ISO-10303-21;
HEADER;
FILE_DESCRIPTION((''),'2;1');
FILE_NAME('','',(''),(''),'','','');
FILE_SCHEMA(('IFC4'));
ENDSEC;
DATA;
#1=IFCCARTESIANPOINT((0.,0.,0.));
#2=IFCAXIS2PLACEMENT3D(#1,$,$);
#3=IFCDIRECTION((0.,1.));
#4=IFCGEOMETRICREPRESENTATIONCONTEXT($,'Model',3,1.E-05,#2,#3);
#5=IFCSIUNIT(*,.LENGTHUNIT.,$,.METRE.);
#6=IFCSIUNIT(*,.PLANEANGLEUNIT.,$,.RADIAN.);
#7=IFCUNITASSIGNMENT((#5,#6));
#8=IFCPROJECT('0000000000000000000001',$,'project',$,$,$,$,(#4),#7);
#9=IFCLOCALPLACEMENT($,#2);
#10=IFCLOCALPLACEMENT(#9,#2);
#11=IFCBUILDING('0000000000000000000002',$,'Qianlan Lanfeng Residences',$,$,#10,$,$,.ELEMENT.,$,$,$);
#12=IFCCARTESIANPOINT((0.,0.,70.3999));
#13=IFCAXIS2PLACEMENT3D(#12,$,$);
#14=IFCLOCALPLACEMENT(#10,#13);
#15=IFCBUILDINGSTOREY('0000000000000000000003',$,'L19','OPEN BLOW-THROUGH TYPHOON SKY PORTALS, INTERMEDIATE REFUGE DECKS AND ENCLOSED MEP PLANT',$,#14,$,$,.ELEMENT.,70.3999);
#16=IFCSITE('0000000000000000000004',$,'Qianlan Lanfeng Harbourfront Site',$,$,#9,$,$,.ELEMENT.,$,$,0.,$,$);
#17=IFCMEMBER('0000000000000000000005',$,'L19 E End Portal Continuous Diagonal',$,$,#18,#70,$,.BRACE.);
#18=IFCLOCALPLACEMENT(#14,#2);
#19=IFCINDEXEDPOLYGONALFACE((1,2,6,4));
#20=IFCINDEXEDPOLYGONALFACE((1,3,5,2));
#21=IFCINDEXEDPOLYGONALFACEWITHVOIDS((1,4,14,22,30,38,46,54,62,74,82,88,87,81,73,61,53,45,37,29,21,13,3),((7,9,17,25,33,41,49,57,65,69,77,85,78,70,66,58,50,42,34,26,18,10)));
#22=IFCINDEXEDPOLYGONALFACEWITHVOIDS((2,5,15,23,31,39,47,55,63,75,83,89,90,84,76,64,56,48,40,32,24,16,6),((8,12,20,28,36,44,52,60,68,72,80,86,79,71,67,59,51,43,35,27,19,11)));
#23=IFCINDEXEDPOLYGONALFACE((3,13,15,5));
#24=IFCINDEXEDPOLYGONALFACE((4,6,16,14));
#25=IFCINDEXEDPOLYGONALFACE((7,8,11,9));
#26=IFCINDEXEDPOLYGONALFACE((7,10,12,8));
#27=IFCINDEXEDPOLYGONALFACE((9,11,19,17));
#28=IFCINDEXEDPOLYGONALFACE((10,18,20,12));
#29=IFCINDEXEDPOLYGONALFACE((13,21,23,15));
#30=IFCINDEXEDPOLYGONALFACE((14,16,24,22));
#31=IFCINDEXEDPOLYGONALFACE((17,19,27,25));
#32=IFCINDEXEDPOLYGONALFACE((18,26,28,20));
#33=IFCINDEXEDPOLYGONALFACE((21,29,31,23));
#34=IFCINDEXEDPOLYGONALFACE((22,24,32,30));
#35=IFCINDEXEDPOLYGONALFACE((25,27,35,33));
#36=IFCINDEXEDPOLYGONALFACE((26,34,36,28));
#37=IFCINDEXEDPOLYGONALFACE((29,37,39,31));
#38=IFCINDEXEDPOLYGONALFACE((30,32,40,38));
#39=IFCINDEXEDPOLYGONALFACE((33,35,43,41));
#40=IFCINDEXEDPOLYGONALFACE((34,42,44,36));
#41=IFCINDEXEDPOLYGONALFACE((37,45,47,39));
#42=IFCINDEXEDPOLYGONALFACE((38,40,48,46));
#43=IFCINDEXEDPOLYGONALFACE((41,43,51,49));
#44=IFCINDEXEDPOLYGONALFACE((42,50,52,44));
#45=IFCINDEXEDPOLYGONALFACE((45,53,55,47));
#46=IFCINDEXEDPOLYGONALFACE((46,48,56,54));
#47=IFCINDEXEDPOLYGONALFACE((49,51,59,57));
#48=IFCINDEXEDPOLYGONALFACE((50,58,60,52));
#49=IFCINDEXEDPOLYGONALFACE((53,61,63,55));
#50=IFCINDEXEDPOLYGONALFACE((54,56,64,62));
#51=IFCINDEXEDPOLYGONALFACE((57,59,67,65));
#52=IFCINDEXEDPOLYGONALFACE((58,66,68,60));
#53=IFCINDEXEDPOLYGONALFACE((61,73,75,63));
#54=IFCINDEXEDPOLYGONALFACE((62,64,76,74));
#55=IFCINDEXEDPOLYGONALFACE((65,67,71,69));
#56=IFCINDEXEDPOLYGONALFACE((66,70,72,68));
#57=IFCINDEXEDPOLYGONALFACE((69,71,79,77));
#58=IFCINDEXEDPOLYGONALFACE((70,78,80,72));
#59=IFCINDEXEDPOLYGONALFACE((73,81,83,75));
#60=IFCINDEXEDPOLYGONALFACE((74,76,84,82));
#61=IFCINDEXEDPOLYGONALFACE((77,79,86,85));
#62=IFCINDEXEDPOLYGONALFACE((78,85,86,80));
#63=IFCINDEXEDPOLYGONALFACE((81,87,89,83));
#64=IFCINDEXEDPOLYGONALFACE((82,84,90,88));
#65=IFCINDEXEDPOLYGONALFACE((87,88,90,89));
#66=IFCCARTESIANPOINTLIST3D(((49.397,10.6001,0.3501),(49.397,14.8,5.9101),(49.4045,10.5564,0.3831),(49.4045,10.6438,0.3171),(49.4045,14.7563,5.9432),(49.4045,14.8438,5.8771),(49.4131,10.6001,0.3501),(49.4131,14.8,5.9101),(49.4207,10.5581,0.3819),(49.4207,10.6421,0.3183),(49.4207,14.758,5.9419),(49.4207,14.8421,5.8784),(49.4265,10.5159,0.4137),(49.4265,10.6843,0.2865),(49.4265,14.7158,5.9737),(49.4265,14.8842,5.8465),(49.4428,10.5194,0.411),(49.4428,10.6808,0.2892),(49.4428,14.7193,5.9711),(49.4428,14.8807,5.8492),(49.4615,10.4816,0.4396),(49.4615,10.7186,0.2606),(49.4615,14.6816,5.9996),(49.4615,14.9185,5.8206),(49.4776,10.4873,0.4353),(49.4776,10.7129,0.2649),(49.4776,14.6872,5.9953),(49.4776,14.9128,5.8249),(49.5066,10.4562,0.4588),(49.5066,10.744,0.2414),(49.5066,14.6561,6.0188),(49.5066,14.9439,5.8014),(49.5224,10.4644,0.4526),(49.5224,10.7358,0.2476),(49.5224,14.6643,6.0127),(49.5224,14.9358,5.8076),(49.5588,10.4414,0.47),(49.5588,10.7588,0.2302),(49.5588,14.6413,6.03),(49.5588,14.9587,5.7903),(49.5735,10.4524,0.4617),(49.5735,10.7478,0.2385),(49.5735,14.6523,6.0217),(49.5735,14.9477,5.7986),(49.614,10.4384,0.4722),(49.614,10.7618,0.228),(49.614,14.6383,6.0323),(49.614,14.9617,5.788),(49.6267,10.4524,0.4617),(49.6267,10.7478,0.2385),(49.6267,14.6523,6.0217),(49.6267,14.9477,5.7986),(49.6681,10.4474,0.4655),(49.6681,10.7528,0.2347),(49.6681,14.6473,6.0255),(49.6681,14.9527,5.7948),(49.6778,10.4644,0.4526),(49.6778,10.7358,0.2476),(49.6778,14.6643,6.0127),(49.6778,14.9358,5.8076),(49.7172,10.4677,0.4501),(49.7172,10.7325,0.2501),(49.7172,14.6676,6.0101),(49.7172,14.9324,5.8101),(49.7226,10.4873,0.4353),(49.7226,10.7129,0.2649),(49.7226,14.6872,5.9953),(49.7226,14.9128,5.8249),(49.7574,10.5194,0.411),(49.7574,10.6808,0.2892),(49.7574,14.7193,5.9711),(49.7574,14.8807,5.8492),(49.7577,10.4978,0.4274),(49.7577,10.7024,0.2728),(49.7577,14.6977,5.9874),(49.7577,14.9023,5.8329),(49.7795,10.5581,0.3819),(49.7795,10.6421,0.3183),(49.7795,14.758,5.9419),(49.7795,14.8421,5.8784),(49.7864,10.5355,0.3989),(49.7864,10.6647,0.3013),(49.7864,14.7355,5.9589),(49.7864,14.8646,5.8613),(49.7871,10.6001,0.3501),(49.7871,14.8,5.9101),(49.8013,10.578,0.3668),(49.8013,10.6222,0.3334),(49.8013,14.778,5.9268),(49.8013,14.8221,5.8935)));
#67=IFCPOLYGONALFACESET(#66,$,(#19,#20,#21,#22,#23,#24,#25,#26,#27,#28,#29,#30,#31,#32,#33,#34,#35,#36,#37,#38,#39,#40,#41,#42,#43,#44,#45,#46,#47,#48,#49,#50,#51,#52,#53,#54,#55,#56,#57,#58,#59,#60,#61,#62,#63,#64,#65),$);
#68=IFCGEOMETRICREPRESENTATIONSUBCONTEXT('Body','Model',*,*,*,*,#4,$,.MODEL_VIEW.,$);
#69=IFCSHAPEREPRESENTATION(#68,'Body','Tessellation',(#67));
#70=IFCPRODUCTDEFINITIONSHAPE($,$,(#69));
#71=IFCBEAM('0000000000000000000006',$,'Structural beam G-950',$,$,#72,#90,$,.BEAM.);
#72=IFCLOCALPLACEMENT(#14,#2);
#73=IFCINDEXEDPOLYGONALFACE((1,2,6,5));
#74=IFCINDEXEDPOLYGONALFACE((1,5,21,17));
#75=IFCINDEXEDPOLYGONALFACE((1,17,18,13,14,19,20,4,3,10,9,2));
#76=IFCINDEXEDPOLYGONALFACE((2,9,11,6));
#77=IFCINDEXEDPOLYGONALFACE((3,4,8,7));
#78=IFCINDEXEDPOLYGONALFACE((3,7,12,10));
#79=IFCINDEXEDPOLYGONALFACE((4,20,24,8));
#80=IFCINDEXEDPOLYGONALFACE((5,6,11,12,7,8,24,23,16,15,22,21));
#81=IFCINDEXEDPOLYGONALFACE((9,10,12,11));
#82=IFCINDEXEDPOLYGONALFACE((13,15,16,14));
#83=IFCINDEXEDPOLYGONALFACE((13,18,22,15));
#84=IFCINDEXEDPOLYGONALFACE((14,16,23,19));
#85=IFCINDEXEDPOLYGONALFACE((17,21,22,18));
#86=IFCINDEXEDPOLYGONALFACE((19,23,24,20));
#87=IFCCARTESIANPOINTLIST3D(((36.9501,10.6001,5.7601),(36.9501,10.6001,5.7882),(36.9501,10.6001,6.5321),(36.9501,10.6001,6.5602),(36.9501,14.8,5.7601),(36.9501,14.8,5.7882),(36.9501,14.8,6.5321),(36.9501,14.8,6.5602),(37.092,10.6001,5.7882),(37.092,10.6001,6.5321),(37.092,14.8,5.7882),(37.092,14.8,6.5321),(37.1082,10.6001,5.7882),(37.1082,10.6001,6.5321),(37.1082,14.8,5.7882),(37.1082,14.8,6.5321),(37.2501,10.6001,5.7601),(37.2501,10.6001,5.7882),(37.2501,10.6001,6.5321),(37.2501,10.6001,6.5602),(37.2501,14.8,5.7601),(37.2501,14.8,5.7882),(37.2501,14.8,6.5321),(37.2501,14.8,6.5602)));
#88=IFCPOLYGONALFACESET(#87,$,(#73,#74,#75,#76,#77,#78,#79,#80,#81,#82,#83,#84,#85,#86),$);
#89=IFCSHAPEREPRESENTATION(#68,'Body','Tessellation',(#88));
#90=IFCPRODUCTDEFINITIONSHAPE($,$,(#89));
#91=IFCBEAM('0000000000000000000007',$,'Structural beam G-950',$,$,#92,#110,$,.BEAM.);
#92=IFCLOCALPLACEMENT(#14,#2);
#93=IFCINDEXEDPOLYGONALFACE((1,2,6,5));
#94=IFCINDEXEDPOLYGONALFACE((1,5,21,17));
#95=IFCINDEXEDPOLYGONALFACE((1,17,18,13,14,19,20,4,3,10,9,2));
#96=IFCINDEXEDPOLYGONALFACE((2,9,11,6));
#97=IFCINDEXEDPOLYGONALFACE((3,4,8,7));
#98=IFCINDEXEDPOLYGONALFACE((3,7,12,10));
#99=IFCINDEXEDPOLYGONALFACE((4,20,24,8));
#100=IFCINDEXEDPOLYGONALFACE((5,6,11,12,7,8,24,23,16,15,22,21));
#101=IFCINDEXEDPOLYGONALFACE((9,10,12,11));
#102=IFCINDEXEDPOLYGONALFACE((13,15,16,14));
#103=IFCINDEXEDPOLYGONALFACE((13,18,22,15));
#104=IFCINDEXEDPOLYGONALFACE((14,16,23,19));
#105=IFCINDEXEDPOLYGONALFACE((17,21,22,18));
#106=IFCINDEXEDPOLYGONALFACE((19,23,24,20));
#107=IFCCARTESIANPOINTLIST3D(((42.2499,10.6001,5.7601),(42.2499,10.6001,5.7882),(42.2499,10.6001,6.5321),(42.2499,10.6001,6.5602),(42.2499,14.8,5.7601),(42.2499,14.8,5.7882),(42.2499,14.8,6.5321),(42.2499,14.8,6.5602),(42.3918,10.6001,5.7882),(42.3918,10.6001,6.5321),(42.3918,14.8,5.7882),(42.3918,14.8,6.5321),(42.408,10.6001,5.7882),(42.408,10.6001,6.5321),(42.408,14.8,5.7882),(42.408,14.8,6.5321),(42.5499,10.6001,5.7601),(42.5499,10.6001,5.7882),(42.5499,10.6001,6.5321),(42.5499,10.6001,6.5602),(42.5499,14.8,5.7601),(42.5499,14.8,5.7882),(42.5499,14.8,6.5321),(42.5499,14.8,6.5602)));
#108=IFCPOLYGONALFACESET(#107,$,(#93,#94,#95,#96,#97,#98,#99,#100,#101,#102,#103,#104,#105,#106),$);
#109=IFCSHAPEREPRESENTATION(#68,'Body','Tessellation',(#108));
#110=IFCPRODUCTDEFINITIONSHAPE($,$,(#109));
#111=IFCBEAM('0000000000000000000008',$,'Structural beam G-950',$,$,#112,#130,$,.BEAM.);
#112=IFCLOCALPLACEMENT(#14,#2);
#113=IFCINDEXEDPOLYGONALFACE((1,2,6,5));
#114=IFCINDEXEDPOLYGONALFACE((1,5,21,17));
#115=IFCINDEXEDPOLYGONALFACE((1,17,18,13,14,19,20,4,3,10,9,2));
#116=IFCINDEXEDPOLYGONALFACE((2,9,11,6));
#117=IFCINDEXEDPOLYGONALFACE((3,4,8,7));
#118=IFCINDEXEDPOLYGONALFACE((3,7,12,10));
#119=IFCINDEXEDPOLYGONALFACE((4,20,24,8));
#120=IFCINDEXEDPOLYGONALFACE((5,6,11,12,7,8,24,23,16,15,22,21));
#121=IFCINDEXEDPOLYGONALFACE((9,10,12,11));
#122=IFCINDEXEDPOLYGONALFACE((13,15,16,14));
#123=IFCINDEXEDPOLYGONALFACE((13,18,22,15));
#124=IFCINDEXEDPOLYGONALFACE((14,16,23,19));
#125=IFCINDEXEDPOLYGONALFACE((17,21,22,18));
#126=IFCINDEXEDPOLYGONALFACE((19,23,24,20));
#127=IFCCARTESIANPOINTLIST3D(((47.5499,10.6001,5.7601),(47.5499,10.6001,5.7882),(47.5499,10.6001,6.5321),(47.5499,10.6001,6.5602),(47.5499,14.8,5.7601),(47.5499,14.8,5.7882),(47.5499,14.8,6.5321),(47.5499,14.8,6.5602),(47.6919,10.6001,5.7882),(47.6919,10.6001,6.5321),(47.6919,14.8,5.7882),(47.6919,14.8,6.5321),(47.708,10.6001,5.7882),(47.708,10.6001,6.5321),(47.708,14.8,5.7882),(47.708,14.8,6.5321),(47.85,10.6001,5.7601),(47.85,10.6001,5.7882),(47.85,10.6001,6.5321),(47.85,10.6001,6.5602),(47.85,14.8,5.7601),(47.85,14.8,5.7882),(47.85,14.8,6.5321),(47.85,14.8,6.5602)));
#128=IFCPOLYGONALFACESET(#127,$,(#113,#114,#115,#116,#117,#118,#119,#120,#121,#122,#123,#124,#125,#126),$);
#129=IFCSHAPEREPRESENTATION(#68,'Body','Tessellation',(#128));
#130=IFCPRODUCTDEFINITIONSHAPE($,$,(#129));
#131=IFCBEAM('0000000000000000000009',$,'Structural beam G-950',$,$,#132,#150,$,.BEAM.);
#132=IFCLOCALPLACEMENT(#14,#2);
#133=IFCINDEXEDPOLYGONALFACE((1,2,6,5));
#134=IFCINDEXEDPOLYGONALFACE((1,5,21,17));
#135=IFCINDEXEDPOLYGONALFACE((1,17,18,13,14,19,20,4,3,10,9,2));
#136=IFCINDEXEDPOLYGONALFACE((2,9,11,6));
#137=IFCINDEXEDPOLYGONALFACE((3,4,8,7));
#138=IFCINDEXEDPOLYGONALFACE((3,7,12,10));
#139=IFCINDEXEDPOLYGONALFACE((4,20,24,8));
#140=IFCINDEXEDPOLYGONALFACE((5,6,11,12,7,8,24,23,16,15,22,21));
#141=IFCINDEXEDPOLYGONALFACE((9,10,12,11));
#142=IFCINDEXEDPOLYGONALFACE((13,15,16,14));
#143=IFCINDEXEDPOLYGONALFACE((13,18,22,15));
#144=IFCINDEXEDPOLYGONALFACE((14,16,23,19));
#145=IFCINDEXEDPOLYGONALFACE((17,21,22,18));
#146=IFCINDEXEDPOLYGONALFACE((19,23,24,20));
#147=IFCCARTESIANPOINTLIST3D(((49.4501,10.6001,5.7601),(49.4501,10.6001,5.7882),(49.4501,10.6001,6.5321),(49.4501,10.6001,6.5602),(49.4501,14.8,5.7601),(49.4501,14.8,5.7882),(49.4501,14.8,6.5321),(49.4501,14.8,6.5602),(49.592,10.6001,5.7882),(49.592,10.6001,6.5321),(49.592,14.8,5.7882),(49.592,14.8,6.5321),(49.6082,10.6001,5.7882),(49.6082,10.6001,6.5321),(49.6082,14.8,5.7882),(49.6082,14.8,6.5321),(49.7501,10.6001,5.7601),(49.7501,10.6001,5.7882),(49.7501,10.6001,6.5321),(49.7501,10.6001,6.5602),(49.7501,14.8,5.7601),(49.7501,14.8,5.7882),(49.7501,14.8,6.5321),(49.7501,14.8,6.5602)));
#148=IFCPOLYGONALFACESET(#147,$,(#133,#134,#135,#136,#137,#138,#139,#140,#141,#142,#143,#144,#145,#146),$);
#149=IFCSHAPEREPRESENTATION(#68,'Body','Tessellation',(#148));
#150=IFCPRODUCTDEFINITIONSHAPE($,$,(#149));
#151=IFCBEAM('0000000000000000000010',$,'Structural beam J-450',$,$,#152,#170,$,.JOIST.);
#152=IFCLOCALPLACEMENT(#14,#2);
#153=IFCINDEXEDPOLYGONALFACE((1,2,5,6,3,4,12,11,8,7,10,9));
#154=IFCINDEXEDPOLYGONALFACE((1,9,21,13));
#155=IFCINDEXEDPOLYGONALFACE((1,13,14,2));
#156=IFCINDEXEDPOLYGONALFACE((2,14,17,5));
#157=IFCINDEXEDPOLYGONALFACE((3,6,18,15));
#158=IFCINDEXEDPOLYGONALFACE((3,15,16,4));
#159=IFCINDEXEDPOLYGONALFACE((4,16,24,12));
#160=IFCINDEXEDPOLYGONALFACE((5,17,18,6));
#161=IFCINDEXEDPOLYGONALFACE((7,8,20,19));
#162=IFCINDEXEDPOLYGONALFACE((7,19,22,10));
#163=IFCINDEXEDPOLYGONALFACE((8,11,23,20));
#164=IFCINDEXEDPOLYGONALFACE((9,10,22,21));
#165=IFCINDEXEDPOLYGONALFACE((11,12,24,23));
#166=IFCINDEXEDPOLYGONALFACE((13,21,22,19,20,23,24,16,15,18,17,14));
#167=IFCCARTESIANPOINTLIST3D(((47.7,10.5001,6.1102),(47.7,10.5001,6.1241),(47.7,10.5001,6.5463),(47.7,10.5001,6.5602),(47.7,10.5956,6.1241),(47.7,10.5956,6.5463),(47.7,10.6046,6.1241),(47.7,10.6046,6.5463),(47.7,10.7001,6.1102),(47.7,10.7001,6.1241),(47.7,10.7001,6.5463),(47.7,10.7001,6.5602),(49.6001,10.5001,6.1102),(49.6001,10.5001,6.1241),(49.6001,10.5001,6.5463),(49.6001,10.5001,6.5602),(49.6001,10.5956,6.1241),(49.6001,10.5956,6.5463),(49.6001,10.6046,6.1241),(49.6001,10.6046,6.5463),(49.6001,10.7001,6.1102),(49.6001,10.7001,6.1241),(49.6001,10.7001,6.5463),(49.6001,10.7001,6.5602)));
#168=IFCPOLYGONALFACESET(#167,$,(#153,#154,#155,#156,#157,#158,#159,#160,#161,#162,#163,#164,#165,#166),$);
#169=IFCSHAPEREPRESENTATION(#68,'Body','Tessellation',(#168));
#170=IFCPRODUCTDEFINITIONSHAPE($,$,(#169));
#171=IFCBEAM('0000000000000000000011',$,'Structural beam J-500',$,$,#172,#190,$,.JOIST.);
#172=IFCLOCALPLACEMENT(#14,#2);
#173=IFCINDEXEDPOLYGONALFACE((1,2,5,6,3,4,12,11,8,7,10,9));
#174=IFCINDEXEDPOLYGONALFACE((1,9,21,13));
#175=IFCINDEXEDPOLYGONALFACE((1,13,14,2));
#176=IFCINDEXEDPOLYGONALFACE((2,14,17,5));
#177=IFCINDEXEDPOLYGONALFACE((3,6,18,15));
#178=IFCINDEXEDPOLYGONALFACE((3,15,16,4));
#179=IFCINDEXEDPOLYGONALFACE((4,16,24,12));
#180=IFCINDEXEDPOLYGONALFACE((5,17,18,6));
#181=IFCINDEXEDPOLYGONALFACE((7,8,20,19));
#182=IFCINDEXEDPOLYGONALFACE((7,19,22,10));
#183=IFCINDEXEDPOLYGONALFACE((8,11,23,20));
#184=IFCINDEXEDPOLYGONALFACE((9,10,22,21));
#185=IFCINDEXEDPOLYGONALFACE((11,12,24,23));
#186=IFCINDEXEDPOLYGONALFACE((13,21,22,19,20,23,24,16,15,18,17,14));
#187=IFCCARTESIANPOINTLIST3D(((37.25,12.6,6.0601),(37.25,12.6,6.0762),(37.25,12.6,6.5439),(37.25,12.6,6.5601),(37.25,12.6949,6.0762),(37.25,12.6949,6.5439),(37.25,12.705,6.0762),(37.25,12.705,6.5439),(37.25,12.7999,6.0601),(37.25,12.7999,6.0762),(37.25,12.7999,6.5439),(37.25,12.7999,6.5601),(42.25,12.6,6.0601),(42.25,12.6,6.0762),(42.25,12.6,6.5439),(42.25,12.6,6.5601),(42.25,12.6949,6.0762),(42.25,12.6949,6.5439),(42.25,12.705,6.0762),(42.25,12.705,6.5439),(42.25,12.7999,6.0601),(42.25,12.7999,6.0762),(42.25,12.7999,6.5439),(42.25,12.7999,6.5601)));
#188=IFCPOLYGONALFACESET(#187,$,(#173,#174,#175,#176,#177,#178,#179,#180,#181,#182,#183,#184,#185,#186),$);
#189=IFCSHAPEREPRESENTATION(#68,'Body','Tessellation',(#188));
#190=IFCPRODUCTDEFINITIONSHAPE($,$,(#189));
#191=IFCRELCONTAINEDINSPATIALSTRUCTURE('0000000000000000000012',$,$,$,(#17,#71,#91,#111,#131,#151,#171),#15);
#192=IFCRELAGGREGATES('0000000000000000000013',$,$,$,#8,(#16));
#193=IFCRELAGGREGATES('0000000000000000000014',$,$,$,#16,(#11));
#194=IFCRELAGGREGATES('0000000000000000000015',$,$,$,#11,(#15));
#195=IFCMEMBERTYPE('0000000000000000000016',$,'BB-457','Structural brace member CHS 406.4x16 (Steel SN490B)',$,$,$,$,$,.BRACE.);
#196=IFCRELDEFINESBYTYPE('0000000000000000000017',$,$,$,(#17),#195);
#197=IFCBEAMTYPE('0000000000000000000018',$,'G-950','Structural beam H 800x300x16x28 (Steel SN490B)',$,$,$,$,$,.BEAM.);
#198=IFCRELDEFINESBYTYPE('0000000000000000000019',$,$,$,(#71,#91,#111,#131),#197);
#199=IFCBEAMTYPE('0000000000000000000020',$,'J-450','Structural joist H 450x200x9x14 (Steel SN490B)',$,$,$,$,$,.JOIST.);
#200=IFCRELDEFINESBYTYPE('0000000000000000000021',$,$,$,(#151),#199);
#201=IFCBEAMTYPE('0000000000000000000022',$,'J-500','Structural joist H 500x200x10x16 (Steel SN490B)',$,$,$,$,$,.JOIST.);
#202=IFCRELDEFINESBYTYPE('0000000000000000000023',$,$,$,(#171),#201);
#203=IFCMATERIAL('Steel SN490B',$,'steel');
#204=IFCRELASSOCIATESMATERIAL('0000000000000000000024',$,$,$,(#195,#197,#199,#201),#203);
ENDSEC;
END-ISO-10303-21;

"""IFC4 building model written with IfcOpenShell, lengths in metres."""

from ifc_helpers import new_model, si_unit, direction, frame, origin, origin_2d, place, context, subcontext, project, spatial, hollow_circle, i_section, extrude, material, material_profile, profile_set, type_object, element, save


model = new_model("IFC4")

# Units and contexts
model_context = context("Model", 3, precision=1e-05, world=origin(), true_north=direction((0.0, 1.0)))
body_context = subcontext(model_context, "Body", "Model", "MODEL_VIEW")
ifc_project = project(units=[si_unit("LENGTHUNIT", "METRE"), si_unit("PLANEANGLEUNIT", "RADIAN")], contexts=[model_context])

# Site, building, storey
site_placement = place(None, origin())
site = spatial("IfcSite", under=ifc_project, at=site_placement, Name="Qianlan Lanfeng Harbourfront Site", CompositionType="ELEMENT", RefElevation=0.0)
building_placement = place(site_placement, origin())
building = spatial("IfcBuilding", under=site, at=building_placement, Name="Qianlan Lanfeng Residences", CompositionType="ELEMENT")
storey_placement = place(building_placement, frame((0.0, 0.0, 70.3999)))
storey = spatial("IfcBuildingStorey", under=building, at=storey_placement, Name="L19", Description="OPEN BLOW-THROUGH TYPHOON SKY PORTALS, INTERMEDIATE REFUGE DECKS AND ENCLOSED MEP PLANT", CompositionType="ELEMENT", Elevation=70.3999)

# Shared definitions
ifc_material_1 = material(Name="Steel SN490B", Category="steel")

# Member
ifc_material_profile_1 = material_profile(ifc_material_1, hollow_circle(Radius=0.2031, WallThickness=0.0161, at=origin_2d()), Name="CHS 406.4x16")
ifc_profile_set_1 = profile_set([ifc_material_profile_1], Name="Steel SN490B")
member_type_1 = type_object("IfcMemberType", Name="BB-457", Description="Structural brace member CHS 406.4x16 (Steel SN490B)", PredefinedType="BRACE", material=ifc_profile_set_1)
member_1_placement = place(storey_placement, frame((49.6001, 10.6001, 0.3501), z_axis=(0.0, 0.602743, 0.797935), x_axis=(-1.0, 0.0, 0.0)))
element("IfcMember", 1, at=member_1_placement, inside=storey, type_object=member_type_1, Name="L19 E End Portal Continuous Diagonal", PredefinedType="BRACE", context=body_context, shape_type="SweptSolid", body=[
    extrude(hollow_circle(Radius=0.2031, WallThickness=0.0161, at=origin_2d()), origin(), (0.0, 0.0, 1.0), 6.968),
])

# Beams
ifc_material_profile_2 = material_profile(ifc_material_1, i_section(OverallWidth=0.3, OverallDepth=0.8, WebThickness=0.0161, FlangeThickness=0.0281, at=origin_2d()), Name="H 800x300x16x28")
ifc_profile_set_2 = profile_set([ifc_material_profile_2], Name="Steel SN490B")
beam_type_1 = type_object("IfcBeamType", Name="G-950", Description="Structural beam H 800x300x16x28 (Steel SN490B)", PredefinedType="BEAM", material=ifc_profile_set_2)
for number, where, z_axis, x_axis, name in (
    (2, (37.1001, 10.6001, 6.1602), (0.0, 1.0, 0.0), (-1.0, 0.0, 0.0), "Structural beam G-950"),
    (3, (42.3999, 10.6001, 6.1602), (0.0, 1.0, 0.0), (-1.0, 0.0, 0.0), "Structural beam G-950"),
    (4, (47.7, 10.6001, 6.1602), (0.0, 1.0, 0.0), (-1.0, 0.0, 0.0), "Structural beam G-950"),
    (5, (49.6001, 10.6001, 6.1602), (0.0, 1.0, 0.0), (-1.0, 0.0, 0.0), "Structural beam G-950"),
):
    element("IfcBeam", number, at=place(storey_placement, frame(where, z_axis=z_axis, x_axis=x_axis)), inside=storey, type_object=beam_type_1, Name=name, PredefinedType="BEAM", context=body_context, shape_type="SweptSolid", body=[
        extrude(i_section(OverallWidth=0.3, OverallDepth=0.8, WebThickness=0.0161, FlangeThickness=0.0281, at=origin_2d()), origin(), (0.0, 0.0, 1.0), 4.2),
    ])
ifc_material_profile_3 = material_profile(ifc_material_1, i_section(OverallWidth=0.2, OverallDepth=0.45, WebThickness=0.009, FlangeThickness=0.0139, at=origin_2d()), Name="H 450x200x9x14")
ifc_profile_set_3 = profile_set([ifc_material_profile_3], Name="Steel SN490B")
beam_type_2 = type_object("IfcBeamType", Name="J-450", Description="Structural joist H 450x200x9x14 (Steel SN490B)", PredefinedType="JOIST", material=ifc_profile_set_3)
beam_1_placement = place(storey_placement, frame((47.7, 10.6001, 6.3352), z_axis=(1.0, 0.0, 0.0), x_axis=(0.0, 1.0, 0.0)))
element("IfcBeam", 6, at=beam_1_placement, inside=storey, type_object=beam_type_2, Name="Structural beam J-450", PredefinedType="JOIST", context=body_context, shape_type="SweptSolid", body=[
    extrude(i_section(OverallWidth=0.2, OverallDepth=0.45, WebThickness=0.009, FlangeThickness=0.0139, at=origin_2d()), origin(), (0.0, 0.0, 1.0), 1.9001),
])
ifc_material_profile_4 = material_profile(ifc_material_1, i_section(OverallWidth=0.2, OverallDepth=0.5, WebThickness=0.01, FlangeThickness=0.0161, at=origin_2d()), Name="H 500x200x10x16")
ifc_profile_set_4 = profile_set([ifc_material_profile_4], Name="Steel SN490B")
beam_type_3 = type_object("IfcBeamType", Name="J-500", Description="Structural joist H 500x200x10x16 (Steel SN490B)", PredefinedType="JOIST", material=ifc_profile_set_4)
beam_2_placement = place(storey_placement, frame((37.25, 12.7, 6.3101), z_axis=(1.0, 0.0, 0.0), x_axis=(0.0, 1.0, 0.0)))
element("IfcBeam", 7, at=beam_2_placement, inside=storey, type_object=beam_type_3, Name="Structural beam J-500", PredefinedType="JOIST", context=body_context, shape_type="SweptSolid", body=[
    extrude(i_section(OverallWidth=0.2, OverallDepth=0.5, WebThickness=0.01, FlangeThickness=0.0161, at=origin_2d()), origin(), (0.0, 0.0, 1.0), 5.0),
])

save(model, "model.ifc")
